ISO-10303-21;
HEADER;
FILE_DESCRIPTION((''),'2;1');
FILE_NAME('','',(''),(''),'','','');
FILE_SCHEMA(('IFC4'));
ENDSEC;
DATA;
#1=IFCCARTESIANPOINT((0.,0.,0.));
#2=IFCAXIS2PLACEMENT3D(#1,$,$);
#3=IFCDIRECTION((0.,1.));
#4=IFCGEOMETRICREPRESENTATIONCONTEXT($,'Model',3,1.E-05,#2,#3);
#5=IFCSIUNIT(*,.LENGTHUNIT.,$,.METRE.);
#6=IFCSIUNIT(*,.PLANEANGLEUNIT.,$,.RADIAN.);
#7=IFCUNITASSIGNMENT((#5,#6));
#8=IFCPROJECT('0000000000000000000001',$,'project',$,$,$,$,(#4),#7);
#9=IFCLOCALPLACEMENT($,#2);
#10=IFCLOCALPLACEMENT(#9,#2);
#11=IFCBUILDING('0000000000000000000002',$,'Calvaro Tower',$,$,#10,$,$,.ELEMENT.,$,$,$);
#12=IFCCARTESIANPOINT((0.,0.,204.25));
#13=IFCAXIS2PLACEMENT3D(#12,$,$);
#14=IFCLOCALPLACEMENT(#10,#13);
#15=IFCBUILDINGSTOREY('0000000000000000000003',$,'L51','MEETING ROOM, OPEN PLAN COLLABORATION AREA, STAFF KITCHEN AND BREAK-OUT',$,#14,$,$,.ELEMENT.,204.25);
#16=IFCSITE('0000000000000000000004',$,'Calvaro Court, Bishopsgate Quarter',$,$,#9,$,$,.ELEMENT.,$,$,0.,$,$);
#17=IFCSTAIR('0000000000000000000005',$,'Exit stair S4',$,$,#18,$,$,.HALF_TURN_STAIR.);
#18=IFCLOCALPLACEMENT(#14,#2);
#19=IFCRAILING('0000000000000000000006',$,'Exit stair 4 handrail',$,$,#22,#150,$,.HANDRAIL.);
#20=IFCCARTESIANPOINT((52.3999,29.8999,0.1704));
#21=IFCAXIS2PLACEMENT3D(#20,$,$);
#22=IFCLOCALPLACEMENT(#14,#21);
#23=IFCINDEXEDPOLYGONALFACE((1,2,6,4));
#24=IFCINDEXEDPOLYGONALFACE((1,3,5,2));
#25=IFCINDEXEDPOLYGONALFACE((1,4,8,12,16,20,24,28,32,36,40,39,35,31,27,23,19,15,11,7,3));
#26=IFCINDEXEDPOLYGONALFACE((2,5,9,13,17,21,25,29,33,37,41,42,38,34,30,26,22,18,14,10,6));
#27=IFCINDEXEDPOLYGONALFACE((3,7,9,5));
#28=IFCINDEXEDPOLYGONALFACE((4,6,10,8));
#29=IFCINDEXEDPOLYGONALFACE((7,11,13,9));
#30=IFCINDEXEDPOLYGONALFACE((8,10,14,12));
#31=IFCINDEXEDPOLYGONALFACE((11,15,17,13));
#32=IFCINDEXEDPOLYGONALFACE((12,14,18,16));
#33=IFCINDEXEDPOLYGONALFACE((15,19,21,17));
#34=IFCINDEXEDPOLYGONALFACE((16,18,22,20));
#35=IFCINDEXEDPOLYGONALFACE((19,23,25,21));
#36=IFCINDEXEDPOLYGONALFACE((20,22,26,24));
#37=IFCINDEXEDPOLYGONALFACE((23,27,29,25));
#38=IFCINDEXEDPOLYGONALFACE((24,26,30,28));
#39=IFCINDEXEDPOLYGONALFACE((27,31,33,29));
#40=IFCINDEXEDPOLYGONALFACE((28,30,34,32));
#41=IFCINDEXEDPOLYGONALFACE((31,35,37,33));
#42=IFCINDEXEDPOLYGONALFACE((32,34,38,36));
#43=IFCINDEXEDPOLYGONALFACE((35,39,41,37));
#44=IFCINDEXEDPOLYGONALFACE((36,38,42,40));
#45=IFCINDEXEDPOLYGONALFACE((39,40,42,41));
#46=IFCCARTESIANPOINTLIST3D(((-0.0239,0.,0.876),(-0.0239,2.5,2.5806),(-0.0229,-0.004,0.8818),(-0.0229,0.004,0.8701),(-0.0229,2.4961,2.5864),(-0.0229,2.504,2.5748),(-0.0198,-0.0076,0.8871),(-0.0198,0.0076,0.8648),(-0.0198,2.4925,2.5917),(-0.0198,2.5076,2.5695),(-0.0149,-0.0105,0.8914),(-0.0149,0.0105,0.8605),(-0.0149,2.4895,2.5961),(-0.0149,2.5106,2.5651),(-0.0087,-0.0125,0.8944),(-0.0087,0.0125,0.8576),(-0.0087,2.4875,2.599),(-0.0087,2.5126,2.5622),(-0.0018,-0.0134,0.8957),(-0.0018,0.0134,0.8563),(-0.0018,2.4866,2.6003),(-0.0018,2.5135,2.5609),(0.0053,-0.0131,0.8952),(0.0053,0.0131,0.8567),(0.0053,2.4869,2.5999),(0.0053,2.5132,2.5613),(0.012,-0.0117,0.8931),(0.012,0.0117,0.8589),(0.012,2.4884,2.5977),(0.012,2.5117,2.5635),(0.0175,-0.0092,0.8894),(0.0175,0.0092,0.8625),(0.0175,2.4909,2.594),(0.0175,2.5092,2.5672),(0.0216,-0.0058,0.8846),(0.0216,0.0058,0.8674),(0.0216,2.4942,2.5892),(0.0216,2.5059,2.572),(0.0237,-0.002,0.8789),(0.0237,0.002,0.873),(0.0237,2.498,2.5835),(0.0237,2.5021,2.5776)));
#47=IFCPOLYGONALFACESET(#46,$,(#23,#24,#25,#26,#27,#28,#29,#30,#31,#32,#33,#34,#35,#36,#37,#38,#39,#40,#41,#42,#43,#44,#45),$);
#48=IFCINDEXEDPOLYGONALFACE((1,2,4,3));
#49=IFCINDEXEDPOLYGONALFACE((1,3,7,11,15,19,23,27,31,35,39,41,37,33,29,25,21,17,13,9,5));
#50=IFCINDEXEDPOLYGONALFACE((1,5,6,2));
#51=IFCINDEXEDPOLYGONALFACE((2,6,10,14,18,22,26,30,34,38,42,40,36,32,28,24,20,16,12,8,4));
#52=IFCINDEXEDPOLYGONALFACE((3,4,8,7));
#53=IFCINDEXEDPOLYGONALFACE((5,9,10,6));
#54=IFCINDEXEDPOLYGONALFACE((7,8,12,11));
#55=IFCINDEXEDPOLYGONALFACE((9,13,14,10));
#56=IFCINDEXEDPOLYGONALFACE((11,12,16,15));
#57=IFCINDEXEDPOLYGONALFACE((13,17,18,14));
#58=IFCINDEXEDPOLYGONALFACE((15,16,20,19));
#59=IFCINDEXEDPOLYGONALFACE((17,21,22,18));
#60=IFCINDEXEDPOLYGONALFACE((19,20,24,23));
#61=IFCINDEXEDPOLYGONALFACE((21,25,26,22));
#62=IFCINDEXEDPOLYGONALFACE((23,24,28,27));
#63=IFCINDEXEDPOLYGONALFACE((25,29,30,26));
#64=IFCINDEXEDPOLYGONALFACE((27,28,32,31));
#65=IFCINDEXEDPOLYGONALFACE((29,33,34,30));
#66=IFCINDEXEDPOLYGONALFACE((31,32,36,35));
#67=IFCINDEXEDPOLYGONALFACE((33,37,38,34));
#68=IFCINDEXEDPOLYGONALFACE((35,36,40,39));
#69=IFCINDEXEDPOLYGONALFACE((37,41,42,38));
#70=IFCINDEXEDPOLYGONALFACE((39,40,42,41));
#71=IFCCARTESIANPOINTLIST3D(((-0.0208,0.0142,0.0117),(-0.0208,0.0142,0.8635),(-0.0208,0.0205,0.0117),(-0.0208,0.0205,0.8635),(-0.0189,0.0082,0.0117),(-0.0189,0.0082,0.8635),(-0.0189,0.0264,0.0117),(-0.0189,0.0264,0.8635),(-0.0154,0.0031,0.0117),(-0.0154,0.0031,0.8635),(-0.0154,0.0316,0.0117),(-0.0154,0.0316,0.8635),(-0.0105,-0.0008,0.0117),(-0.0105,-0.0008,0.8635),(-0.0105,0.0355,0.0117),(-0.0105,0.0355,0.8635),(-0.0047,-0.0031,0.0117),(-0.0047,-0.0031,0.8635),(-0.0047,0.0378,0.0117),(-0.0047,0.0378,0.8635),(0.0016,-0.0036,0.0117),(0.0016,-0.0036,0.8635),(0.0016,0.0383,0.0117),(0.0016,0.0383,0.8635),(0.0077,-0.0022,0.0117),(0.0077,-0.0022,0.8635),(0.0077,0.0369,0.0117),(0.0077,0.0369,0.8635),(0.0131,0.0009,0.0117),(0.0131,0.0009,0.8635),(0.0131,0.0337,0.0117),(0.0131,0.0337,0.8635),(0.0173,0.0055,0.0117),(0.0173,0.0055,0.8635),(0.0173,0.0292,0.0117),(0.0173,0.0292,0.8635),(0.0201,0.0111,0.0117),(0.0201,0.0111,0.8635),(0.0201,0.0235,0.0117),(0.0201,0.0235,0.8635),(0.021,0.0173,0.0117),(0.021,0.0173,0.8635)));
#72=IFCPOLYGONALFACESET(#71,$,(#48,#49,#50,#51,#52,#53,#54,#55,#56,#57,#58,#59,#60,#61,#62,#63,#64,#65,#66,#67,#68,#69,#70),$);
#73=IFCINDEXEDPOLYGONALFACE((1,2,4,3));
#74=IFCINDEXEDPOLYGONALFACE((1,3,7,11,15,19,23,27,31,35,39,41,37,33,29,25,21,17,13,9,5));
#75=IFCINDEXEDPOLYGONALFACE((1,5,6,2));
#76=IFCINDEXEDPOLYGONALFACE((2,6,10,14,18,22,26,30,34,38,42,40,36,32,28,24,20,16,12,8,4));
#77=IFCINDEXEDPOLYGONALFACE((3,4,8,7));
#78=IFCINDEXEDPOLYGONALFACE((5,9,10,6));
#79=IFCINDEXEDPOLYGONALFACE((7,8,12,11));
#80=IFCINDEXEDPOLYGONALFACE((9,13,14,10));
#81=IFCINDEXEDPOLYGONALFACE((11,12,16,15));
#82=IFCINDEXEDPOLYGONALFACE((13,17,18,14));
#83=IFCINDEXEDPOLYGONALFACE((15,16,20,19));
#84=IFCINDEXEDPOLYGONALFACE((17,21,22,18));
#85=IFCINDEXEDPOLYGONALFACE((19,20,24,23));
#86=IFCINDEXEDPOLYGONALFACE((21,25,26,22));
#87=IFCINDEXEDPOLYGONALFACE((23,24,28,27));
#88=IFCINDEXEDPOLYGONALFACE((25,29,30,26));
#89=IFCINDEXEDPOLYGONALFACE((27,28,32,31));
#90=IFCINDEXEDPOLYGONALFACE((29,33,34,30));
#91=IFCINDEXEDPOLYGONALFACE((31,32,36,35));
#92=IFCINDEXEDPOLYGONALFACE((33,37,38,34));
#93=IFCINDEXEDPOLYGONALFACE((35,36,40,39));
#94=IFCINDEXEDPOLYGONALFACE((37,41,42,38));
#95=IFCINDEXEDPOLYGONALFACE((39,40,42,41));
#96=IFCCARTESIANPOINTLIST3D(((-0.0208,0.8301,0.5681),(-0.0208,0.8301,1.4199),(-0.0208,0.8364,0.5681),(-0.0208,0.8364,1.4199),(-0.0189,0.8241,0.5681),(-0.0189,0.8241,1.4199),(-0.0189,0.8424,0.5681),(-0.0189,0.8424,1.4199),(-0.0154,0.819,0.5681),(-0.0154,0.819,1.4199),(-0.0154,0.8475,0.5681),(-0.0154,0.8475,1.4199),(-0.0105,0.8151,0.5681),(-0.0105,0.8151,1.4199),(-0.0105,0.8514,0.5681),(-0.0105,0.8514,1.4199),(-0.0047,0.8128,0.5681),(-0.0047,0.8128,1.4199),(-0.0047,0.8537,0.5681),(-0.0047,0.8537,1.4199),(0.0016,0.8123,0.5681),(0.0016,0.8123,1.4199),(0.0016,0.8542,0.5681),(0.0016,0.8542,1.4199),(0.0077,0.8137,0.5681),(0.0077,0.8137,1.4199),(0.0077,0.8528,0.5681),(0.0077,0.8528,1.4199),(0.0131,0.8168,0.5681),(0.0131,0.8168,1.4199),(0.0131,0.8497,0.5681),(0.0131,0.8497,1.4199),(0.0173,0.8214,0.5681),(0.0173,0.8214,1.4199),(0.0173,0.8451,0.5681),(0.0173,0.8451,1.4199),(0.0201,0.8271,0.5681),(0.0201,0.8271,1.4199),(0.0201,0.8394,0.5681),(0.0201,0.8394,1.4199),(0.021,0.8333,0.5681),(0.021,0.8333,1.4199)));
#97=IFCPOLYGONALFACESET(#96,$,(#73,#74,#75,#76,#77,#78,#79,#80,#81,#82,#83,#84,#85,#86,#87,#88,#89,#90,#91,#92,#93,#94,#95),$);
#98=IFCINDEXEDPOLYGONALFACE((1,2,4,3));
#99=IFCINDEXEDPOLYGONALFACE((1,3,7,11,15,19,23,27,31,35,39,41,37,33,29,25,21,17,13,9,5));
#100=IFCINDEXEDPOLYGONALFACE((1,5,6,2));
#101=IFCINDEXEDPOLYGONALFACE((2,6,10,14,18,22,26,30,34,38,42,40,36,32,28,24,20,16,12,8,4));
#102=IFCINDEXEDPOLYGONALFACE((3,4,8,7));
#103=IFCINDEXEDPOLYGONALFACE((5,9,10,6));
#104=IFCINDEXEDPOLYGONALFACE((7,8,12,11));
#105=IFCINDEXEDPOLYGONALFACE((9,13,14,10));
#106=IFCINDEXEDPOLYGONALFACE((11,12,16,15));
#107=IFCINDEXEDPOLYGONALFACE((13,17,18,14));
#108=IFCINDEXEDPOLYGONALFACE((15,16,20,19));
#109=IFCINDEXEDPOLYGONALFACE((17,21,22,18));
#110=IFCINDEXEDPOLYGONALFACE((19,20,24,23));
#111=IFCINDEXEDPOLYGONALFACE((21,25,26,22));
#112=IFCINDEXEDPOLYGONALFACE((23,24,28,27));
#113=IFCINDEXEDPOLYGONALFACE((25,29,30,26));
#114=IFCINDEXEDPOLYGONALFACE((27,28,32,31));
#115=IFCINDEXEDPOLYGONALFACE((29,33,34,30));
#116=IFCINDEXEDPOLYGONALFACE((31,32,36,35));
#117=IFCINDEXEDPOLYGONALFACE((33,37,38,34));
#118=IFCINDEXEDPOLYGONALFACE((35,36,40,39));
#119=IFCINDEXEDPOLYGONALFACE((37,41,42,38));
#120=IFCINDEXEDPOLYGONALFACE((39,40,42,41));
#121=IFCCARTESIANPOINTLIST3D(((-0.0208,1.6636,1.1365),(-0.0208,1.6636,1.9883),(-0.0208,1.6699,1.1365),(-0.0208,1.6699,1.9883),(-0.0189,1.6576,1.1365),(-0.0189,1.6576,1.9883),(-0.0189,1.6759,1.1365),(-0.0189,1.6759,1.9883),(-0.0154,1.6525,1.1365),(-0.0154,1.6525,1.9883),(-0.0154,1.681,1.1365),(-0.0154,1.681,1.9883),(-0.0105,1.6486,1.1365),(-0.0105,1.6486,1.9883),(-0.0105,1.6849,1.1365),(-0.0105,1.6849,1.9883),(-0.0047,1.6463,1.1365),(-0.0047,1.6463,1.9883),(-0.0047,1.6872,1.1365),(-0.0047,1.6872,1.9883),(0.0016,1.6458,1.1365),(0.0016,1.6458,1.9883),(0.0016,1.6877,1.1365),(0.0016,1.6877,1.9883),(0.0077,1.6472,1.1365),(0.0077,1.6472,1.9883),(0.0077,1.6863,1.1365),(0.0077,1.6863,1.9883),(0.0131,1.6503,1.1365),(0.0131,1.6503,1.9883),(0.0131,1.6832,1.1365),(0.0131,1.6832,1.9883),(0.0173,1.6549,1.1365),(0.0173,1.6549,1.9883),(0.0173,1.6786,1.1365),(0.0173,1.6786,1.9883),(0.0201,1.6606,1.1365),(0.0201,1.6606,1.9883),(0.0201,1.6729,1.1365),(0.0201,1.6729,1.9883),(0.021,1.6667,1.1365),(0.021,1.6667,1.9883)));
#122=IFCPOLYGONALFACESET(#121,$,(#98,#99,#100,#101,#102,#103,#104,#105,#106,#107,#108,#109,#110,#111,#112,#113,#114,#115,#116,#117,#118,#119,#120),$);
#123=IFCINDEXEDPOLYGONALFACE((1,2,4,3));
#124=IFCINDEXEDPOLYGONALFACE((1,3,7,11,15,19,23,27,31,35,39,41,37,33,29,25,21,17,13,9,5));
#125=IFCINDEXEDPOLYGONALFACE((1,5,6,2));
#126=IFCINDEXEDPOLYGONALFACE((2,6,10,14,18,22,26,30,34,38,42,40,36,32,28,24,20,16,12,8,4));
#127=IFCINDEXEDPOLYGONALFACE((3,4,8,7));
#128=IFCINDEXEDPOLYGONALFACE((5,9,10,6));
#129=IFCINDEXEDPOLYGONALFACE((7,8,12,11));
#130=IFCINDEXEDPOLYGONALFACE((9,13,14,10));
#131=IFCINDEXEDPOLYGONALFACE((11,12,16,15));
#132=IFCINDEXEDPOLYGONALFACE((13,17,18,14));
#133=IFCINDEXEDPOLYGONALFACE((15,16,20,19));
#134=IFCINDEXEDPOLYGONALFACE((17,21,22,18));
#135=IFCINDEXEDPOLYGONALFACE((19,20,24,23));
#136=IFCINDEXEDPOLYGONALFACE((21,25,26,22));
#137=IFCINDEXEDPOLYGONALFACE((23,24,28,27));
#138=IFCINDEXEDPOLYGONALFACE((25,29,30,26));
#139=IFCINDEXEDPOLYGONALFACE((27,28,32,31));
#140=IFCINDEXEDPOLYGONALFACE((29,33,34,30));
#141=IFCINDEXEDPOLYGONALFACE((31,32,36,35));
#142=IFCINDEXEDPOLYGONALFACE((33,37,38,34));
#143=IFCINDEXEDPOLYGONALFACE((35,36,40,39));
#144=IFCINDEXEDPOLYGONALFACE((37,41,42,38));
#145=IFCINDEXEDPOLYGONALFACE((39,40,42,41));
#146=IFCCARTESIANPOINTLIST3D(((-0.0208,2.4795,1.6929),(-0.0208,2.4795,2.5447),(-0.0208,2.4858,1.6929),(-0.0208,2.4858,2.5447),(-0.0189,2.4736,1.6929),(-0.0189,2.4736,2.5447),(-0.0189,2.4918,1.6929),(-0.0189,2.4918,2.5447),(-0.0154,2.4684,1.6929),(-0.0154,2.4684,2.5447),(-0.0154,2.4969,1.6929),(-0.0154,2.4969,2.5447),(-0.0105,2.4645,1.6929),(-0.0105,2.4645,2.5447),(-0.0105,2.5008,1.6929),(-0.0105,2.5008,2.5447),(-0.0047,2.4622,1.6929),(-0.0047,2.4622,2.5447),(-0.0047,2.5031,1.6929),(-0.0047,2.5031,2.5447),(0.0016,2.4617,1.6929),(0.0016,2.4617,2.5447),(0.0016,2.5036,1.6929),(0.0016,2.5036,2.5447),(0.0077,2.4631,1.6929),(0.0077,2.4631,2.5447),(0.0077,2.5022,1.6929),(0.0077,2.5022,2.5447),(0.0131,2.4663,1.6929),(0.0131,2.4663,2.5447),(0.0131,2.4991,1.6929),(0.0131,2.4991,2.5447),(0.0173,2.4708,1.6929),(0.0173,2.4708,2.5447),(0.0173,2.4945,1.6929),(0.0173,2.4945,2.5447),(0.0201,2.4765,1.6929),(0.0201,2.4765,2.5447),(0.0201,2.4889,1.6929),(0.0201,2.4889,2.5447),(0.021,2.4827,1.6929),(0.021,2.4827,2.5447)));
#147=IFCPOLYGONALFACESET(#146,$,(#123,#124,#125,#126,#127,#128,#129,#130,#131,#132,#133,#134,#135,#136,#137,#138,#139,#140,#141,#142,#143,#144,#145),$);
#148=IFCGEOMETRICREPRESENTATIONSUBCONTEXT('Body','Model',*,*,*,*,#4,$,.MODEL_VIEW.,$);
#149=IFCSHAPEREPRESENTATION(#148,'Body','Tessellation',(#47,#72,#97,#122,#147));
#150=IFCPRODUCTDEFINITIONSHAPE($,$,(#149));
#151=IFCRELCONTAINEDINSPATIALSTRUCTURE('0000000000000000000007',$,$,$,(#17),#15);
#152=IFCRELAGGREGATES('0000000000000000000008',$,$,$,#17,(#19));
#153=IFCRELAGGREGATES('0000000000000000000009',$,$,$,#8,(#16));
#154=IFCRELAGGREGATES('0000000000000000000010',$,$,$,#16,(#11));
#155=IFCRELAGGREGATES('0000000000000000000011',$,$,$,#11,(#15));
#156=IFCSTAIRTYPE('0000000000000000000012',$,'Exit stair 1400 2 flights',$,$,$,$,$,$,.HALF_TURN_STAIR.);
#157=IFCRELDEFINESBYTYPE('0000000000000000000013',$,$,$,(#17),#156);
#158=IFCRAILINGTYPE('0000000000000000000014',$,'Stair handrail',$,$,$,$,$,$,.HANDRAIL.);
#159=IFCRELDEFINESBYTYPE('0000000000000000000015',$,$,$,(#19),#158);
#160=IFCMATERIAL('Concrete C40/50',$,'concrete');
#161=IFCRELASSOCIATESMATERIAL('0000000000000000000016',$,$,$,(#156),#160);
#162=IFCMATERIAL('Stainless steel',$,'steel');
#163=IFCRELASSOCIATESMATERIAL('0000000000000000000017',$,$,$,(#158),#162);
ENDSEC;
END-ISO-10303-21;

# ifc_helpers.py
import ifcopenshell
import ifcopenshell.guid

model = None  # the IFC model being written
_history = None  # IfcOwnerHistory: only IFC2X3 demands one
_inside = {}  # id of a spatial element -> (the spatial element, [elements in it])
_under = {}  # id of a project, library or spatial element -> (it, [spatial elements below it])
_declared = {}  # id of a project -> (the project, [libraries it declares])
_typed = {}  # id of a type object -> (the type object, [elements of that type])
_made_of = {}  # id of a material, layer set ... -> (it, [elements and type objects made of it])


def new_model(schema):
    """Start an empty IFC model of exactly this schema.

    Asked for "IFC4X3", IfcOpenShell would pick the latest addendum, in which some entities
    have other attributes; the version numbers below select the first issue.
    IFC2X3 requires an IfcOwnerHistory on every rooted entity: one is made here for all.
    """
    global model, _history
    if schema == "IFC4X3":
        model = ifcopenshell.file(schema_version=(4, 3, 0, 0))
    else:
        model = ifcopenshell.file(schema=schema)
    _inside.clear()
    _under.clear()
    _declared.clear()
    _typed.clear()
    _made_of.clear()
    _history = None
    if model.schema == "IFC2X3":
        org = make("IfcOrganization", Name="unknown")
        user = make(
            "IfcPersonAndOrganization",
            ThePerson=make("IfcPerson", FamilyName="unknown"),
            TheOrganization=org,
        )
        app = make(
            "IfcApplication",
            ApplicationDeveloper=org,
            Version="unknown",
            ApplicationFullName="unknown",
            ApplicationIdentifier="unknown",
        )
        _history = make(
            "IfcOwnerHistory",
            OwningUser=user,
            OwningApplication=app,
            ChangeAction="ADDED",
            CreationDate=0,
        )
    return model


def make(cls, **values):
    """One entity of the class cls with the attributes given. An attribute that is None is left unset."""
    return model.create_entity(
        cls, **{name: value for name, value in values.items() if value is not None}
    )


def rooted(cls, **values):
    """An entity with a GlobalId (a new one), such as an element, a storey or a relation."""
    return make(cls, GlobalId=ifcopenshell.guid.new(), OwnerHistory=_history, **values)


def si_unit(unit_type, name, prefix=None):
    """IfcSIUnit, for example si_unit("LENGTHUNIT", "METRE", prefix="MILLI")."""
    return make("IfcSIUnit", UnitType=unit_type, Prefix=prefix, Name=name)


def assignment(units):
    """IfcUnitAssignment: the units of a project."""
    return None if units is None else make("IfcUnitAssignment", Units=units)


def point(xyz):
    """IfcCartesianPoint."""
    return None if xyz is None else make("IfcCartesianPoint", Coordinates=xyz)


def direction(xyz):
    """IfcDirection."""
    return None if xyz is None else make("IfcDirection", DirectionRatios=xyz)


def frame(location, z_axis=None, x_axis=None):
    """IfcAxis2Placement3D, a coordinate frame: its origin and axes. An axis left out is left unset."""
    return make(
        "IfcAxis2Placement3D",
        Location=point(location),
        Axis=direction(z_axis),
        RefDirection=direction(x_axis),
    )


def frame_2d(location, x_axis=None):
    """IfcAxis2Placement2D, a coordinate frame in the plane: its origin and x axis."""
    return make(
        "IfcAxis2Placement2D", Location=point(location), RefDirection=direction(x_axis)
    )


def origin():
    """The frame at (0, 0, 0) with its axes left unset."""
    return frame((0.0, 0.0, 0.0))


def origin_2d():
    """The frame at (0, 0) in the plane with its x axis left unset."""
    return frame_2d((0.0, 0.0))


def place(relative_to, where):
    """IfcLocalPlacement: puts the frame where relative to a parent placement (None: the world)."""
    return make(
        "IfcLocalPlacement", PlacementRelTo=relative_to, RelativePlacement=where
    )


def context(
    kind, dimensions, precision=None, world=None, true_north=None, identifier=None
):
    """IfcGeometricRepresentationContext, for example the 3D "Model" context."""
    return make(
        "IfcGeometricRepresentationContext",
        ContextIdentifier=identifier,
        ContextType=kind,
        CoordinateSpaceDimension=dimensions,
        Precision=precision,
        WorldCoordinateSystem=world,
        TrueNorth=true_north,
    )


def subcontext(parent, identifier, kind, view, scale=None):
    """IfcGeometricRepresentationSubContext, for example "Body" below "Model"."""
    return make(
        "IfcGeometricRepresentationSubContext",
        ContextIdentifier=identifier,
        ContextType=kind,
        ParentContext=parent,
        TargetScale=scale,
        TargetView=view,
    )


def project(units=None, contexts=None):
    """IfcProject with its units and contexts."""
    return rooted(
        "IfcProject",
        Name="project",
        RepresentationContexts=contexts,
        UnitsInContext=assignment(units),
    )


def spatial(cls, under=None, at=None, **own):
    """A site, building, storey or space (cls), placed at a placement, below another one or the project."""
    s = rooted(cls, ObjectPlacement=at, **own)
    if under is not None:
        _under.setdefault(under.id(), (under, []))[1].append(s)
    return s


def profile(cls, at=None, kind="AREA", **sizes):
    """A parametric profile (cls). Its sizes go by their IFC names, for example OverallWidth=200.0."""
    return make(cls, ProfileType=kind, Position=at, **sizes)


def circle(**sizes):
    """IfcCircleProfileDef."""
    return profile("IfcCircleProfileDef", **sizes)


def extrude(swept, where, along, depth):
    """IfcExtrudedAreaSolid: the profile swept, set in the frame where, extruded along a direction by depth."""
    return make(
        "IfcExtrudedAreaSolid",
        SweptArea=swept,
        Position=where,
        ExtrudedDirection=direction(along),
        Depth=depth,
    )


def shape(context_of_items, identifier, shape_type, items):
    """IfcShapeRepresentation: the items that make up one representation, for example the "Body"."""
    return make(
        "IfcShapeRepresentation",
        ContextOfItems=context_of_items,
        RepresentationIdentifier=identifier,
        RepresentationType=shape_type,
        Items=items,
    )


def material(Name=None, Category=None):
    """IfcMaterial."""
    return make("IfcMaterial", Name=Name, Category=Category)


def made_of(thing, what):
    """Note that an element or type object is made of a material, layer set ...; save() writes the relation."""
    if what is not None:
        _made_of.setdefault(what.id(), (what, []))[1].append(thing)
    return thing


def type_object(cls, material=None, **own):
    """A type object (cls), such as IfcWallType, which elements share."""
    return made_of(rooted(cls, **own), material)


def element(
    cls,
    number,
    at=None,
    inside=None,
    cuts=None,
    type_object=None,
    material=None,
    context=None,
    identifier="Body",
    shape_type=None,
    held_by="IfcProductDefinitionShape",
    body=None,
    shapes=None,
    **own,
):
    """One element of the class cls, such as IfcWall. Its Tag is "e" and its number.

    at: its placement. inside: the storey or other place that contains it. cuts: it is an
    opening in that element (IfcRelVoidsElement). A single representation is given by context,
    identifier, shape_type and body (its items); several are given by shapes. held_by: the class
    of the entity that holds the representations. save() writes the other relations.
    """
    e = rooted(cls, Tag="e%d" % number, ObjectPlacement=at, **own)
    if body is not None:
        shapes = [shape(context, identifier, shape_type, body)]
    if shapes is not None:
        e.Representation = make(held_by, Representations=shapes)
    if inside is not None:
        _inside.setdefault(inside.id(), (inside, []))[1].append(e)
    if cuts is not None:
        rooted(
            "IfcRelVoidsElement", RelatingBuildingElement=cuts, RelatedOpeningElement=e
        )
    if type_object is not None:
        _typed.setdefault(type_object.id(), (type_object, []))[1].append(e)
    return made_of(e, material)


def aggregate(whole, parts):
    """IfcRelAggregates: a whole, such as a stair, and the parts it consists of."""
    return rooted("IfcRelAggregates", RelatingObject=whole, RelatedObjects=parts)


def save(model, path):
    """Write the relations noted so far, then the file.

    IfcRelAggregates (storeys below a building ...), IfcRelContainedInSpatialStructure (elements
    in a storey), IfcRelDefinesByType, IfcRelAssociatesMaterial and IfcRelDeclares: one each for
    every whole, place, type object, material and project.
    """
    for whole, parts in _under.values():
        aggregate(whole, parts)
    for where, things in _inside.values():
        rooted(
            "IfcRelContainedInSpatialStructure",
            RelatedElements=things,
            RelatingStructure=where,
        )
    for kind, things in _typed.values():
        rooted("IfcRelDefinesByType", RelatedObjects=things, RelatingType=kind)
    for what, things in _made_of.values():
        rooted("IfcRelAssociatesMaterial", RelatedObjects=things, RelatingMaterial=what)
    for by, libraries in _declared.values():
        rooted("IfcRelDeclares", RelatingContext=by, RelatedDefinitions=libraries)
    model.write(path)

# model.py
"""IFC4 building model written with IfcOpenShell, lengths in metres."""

from ifc_helpers import new_model, si_unit, direction, frame, origin, origin_2d, place, context, subcontext, project, spatial, circle, extrude, material, type_object, element, aggregate, save


model = new_model("IFC4")

# Units and contexts
model_context = context("Model", 3, precision=1e-05, world=origin(), true_north=direction((0.0, 1.0)))
body_context = subcontext(model_context, "Body", "Model", "MODEL_VIEW")
ifc_project = project(units=[si_unit("LENGTHUNIT", "METRE"), si_unit("PLANEANGLEUNIT", "RADIAN")], contexts=[model_context])

# Site, building, storey
site_placement = place(None, origin())
site = spatial("IfcSite", under=ifc_project, at=site_placement, Name="Calvaro Court, Bishopsgate Quarter", CompositionType="ELEMENT", RefElevation=0.0)
building_placement = place(site_placement, origin())
building = spatial("IfcBuilding", under=site, at=building_placement, Name="Calvaro Tower", CompositionType="ELEMENT")
storey_placement = place(building_placement, frame((0.0, 0.0, 204.25)))
storey = spatial("IfcBuildingStorey", under=building, at=storey_placement, Name="L51", Description="MEETING ROOM, OPEN PLAN COLLABORATION AREA, STAFF KITCHEN AND BREAK-OUT", CompositionType="ELEMENT", Elevation=204.25)

# Stair
ifc_material_1 = material(Name="Concrete C40/50", Category="concrete")
stair_type = type_object("IfcStairType", Name="Exit stair 1400 2 flights", PredefinedType="HALF_TURN_STAIR", material=ifc_material_1)
stair_1_placement = place(storey_placement, origin())
stair_1 = element("IfcStair", 1, at=stair_1_placement, inside=storey, type_object=stair_type, Name="Exit stair S4", PredefinedType="HALF_TURN_STAIR")

# Railing
ifc_material_2 = material(Name="Stainless steel", Category="steel")
railing_type = type_object("IfcRailingType", Name="Stair handrail", PredefinedType="HANDRAIL", material=ifc_material_2)
railing_1_placement = place(storey_placement, frame((52.3999, 29.8999, 0.1704)))
railing_1 = element("IfcRailing", 2, at=railing_1_placement, type_object=railing_type, Name="Exit stair 4 handrail", PredefinedType="HANDRAIL", context=body_context, shape_type="SweptSolid", body=[
    extrude(circle(Radius=0.0239, at=origin_2d()), frame((0.0, 0.0, 0.876), z_axis=(0.0, 0.826221, 0.563347), x_axis=(-1.0, 0.0, 0.0)), (0.0, 0.0, 1.0), 3.0259),
    extrude(circle(Radius=0.021, at=origin_2d()), frame((0.0, 0.0173, 0.0117)), (0.0, 0.0, 1.0), 0.8518),
    extrude(circle(Radius=0.021, at=origin_2d()), frame((0.0, 0.8333, 0.5681)), (0.0, 0.0, 1.0), 0.8518),
    extrude(circle(Radius=0.021, at=origin_2d()), frame((0.0, 1.6667, 1.1365)), (0.0, 0.0, 1.0), 0.8518),
    extrude(circle(Radius=0.021, at=origin_2d()), frame((0.0, 2.4827, 1.6929)), (0.0, 0.0, 1.0), 0.8518),
])
aggregate(stair_1, [railing_1])

save(model, "model.ifc")
